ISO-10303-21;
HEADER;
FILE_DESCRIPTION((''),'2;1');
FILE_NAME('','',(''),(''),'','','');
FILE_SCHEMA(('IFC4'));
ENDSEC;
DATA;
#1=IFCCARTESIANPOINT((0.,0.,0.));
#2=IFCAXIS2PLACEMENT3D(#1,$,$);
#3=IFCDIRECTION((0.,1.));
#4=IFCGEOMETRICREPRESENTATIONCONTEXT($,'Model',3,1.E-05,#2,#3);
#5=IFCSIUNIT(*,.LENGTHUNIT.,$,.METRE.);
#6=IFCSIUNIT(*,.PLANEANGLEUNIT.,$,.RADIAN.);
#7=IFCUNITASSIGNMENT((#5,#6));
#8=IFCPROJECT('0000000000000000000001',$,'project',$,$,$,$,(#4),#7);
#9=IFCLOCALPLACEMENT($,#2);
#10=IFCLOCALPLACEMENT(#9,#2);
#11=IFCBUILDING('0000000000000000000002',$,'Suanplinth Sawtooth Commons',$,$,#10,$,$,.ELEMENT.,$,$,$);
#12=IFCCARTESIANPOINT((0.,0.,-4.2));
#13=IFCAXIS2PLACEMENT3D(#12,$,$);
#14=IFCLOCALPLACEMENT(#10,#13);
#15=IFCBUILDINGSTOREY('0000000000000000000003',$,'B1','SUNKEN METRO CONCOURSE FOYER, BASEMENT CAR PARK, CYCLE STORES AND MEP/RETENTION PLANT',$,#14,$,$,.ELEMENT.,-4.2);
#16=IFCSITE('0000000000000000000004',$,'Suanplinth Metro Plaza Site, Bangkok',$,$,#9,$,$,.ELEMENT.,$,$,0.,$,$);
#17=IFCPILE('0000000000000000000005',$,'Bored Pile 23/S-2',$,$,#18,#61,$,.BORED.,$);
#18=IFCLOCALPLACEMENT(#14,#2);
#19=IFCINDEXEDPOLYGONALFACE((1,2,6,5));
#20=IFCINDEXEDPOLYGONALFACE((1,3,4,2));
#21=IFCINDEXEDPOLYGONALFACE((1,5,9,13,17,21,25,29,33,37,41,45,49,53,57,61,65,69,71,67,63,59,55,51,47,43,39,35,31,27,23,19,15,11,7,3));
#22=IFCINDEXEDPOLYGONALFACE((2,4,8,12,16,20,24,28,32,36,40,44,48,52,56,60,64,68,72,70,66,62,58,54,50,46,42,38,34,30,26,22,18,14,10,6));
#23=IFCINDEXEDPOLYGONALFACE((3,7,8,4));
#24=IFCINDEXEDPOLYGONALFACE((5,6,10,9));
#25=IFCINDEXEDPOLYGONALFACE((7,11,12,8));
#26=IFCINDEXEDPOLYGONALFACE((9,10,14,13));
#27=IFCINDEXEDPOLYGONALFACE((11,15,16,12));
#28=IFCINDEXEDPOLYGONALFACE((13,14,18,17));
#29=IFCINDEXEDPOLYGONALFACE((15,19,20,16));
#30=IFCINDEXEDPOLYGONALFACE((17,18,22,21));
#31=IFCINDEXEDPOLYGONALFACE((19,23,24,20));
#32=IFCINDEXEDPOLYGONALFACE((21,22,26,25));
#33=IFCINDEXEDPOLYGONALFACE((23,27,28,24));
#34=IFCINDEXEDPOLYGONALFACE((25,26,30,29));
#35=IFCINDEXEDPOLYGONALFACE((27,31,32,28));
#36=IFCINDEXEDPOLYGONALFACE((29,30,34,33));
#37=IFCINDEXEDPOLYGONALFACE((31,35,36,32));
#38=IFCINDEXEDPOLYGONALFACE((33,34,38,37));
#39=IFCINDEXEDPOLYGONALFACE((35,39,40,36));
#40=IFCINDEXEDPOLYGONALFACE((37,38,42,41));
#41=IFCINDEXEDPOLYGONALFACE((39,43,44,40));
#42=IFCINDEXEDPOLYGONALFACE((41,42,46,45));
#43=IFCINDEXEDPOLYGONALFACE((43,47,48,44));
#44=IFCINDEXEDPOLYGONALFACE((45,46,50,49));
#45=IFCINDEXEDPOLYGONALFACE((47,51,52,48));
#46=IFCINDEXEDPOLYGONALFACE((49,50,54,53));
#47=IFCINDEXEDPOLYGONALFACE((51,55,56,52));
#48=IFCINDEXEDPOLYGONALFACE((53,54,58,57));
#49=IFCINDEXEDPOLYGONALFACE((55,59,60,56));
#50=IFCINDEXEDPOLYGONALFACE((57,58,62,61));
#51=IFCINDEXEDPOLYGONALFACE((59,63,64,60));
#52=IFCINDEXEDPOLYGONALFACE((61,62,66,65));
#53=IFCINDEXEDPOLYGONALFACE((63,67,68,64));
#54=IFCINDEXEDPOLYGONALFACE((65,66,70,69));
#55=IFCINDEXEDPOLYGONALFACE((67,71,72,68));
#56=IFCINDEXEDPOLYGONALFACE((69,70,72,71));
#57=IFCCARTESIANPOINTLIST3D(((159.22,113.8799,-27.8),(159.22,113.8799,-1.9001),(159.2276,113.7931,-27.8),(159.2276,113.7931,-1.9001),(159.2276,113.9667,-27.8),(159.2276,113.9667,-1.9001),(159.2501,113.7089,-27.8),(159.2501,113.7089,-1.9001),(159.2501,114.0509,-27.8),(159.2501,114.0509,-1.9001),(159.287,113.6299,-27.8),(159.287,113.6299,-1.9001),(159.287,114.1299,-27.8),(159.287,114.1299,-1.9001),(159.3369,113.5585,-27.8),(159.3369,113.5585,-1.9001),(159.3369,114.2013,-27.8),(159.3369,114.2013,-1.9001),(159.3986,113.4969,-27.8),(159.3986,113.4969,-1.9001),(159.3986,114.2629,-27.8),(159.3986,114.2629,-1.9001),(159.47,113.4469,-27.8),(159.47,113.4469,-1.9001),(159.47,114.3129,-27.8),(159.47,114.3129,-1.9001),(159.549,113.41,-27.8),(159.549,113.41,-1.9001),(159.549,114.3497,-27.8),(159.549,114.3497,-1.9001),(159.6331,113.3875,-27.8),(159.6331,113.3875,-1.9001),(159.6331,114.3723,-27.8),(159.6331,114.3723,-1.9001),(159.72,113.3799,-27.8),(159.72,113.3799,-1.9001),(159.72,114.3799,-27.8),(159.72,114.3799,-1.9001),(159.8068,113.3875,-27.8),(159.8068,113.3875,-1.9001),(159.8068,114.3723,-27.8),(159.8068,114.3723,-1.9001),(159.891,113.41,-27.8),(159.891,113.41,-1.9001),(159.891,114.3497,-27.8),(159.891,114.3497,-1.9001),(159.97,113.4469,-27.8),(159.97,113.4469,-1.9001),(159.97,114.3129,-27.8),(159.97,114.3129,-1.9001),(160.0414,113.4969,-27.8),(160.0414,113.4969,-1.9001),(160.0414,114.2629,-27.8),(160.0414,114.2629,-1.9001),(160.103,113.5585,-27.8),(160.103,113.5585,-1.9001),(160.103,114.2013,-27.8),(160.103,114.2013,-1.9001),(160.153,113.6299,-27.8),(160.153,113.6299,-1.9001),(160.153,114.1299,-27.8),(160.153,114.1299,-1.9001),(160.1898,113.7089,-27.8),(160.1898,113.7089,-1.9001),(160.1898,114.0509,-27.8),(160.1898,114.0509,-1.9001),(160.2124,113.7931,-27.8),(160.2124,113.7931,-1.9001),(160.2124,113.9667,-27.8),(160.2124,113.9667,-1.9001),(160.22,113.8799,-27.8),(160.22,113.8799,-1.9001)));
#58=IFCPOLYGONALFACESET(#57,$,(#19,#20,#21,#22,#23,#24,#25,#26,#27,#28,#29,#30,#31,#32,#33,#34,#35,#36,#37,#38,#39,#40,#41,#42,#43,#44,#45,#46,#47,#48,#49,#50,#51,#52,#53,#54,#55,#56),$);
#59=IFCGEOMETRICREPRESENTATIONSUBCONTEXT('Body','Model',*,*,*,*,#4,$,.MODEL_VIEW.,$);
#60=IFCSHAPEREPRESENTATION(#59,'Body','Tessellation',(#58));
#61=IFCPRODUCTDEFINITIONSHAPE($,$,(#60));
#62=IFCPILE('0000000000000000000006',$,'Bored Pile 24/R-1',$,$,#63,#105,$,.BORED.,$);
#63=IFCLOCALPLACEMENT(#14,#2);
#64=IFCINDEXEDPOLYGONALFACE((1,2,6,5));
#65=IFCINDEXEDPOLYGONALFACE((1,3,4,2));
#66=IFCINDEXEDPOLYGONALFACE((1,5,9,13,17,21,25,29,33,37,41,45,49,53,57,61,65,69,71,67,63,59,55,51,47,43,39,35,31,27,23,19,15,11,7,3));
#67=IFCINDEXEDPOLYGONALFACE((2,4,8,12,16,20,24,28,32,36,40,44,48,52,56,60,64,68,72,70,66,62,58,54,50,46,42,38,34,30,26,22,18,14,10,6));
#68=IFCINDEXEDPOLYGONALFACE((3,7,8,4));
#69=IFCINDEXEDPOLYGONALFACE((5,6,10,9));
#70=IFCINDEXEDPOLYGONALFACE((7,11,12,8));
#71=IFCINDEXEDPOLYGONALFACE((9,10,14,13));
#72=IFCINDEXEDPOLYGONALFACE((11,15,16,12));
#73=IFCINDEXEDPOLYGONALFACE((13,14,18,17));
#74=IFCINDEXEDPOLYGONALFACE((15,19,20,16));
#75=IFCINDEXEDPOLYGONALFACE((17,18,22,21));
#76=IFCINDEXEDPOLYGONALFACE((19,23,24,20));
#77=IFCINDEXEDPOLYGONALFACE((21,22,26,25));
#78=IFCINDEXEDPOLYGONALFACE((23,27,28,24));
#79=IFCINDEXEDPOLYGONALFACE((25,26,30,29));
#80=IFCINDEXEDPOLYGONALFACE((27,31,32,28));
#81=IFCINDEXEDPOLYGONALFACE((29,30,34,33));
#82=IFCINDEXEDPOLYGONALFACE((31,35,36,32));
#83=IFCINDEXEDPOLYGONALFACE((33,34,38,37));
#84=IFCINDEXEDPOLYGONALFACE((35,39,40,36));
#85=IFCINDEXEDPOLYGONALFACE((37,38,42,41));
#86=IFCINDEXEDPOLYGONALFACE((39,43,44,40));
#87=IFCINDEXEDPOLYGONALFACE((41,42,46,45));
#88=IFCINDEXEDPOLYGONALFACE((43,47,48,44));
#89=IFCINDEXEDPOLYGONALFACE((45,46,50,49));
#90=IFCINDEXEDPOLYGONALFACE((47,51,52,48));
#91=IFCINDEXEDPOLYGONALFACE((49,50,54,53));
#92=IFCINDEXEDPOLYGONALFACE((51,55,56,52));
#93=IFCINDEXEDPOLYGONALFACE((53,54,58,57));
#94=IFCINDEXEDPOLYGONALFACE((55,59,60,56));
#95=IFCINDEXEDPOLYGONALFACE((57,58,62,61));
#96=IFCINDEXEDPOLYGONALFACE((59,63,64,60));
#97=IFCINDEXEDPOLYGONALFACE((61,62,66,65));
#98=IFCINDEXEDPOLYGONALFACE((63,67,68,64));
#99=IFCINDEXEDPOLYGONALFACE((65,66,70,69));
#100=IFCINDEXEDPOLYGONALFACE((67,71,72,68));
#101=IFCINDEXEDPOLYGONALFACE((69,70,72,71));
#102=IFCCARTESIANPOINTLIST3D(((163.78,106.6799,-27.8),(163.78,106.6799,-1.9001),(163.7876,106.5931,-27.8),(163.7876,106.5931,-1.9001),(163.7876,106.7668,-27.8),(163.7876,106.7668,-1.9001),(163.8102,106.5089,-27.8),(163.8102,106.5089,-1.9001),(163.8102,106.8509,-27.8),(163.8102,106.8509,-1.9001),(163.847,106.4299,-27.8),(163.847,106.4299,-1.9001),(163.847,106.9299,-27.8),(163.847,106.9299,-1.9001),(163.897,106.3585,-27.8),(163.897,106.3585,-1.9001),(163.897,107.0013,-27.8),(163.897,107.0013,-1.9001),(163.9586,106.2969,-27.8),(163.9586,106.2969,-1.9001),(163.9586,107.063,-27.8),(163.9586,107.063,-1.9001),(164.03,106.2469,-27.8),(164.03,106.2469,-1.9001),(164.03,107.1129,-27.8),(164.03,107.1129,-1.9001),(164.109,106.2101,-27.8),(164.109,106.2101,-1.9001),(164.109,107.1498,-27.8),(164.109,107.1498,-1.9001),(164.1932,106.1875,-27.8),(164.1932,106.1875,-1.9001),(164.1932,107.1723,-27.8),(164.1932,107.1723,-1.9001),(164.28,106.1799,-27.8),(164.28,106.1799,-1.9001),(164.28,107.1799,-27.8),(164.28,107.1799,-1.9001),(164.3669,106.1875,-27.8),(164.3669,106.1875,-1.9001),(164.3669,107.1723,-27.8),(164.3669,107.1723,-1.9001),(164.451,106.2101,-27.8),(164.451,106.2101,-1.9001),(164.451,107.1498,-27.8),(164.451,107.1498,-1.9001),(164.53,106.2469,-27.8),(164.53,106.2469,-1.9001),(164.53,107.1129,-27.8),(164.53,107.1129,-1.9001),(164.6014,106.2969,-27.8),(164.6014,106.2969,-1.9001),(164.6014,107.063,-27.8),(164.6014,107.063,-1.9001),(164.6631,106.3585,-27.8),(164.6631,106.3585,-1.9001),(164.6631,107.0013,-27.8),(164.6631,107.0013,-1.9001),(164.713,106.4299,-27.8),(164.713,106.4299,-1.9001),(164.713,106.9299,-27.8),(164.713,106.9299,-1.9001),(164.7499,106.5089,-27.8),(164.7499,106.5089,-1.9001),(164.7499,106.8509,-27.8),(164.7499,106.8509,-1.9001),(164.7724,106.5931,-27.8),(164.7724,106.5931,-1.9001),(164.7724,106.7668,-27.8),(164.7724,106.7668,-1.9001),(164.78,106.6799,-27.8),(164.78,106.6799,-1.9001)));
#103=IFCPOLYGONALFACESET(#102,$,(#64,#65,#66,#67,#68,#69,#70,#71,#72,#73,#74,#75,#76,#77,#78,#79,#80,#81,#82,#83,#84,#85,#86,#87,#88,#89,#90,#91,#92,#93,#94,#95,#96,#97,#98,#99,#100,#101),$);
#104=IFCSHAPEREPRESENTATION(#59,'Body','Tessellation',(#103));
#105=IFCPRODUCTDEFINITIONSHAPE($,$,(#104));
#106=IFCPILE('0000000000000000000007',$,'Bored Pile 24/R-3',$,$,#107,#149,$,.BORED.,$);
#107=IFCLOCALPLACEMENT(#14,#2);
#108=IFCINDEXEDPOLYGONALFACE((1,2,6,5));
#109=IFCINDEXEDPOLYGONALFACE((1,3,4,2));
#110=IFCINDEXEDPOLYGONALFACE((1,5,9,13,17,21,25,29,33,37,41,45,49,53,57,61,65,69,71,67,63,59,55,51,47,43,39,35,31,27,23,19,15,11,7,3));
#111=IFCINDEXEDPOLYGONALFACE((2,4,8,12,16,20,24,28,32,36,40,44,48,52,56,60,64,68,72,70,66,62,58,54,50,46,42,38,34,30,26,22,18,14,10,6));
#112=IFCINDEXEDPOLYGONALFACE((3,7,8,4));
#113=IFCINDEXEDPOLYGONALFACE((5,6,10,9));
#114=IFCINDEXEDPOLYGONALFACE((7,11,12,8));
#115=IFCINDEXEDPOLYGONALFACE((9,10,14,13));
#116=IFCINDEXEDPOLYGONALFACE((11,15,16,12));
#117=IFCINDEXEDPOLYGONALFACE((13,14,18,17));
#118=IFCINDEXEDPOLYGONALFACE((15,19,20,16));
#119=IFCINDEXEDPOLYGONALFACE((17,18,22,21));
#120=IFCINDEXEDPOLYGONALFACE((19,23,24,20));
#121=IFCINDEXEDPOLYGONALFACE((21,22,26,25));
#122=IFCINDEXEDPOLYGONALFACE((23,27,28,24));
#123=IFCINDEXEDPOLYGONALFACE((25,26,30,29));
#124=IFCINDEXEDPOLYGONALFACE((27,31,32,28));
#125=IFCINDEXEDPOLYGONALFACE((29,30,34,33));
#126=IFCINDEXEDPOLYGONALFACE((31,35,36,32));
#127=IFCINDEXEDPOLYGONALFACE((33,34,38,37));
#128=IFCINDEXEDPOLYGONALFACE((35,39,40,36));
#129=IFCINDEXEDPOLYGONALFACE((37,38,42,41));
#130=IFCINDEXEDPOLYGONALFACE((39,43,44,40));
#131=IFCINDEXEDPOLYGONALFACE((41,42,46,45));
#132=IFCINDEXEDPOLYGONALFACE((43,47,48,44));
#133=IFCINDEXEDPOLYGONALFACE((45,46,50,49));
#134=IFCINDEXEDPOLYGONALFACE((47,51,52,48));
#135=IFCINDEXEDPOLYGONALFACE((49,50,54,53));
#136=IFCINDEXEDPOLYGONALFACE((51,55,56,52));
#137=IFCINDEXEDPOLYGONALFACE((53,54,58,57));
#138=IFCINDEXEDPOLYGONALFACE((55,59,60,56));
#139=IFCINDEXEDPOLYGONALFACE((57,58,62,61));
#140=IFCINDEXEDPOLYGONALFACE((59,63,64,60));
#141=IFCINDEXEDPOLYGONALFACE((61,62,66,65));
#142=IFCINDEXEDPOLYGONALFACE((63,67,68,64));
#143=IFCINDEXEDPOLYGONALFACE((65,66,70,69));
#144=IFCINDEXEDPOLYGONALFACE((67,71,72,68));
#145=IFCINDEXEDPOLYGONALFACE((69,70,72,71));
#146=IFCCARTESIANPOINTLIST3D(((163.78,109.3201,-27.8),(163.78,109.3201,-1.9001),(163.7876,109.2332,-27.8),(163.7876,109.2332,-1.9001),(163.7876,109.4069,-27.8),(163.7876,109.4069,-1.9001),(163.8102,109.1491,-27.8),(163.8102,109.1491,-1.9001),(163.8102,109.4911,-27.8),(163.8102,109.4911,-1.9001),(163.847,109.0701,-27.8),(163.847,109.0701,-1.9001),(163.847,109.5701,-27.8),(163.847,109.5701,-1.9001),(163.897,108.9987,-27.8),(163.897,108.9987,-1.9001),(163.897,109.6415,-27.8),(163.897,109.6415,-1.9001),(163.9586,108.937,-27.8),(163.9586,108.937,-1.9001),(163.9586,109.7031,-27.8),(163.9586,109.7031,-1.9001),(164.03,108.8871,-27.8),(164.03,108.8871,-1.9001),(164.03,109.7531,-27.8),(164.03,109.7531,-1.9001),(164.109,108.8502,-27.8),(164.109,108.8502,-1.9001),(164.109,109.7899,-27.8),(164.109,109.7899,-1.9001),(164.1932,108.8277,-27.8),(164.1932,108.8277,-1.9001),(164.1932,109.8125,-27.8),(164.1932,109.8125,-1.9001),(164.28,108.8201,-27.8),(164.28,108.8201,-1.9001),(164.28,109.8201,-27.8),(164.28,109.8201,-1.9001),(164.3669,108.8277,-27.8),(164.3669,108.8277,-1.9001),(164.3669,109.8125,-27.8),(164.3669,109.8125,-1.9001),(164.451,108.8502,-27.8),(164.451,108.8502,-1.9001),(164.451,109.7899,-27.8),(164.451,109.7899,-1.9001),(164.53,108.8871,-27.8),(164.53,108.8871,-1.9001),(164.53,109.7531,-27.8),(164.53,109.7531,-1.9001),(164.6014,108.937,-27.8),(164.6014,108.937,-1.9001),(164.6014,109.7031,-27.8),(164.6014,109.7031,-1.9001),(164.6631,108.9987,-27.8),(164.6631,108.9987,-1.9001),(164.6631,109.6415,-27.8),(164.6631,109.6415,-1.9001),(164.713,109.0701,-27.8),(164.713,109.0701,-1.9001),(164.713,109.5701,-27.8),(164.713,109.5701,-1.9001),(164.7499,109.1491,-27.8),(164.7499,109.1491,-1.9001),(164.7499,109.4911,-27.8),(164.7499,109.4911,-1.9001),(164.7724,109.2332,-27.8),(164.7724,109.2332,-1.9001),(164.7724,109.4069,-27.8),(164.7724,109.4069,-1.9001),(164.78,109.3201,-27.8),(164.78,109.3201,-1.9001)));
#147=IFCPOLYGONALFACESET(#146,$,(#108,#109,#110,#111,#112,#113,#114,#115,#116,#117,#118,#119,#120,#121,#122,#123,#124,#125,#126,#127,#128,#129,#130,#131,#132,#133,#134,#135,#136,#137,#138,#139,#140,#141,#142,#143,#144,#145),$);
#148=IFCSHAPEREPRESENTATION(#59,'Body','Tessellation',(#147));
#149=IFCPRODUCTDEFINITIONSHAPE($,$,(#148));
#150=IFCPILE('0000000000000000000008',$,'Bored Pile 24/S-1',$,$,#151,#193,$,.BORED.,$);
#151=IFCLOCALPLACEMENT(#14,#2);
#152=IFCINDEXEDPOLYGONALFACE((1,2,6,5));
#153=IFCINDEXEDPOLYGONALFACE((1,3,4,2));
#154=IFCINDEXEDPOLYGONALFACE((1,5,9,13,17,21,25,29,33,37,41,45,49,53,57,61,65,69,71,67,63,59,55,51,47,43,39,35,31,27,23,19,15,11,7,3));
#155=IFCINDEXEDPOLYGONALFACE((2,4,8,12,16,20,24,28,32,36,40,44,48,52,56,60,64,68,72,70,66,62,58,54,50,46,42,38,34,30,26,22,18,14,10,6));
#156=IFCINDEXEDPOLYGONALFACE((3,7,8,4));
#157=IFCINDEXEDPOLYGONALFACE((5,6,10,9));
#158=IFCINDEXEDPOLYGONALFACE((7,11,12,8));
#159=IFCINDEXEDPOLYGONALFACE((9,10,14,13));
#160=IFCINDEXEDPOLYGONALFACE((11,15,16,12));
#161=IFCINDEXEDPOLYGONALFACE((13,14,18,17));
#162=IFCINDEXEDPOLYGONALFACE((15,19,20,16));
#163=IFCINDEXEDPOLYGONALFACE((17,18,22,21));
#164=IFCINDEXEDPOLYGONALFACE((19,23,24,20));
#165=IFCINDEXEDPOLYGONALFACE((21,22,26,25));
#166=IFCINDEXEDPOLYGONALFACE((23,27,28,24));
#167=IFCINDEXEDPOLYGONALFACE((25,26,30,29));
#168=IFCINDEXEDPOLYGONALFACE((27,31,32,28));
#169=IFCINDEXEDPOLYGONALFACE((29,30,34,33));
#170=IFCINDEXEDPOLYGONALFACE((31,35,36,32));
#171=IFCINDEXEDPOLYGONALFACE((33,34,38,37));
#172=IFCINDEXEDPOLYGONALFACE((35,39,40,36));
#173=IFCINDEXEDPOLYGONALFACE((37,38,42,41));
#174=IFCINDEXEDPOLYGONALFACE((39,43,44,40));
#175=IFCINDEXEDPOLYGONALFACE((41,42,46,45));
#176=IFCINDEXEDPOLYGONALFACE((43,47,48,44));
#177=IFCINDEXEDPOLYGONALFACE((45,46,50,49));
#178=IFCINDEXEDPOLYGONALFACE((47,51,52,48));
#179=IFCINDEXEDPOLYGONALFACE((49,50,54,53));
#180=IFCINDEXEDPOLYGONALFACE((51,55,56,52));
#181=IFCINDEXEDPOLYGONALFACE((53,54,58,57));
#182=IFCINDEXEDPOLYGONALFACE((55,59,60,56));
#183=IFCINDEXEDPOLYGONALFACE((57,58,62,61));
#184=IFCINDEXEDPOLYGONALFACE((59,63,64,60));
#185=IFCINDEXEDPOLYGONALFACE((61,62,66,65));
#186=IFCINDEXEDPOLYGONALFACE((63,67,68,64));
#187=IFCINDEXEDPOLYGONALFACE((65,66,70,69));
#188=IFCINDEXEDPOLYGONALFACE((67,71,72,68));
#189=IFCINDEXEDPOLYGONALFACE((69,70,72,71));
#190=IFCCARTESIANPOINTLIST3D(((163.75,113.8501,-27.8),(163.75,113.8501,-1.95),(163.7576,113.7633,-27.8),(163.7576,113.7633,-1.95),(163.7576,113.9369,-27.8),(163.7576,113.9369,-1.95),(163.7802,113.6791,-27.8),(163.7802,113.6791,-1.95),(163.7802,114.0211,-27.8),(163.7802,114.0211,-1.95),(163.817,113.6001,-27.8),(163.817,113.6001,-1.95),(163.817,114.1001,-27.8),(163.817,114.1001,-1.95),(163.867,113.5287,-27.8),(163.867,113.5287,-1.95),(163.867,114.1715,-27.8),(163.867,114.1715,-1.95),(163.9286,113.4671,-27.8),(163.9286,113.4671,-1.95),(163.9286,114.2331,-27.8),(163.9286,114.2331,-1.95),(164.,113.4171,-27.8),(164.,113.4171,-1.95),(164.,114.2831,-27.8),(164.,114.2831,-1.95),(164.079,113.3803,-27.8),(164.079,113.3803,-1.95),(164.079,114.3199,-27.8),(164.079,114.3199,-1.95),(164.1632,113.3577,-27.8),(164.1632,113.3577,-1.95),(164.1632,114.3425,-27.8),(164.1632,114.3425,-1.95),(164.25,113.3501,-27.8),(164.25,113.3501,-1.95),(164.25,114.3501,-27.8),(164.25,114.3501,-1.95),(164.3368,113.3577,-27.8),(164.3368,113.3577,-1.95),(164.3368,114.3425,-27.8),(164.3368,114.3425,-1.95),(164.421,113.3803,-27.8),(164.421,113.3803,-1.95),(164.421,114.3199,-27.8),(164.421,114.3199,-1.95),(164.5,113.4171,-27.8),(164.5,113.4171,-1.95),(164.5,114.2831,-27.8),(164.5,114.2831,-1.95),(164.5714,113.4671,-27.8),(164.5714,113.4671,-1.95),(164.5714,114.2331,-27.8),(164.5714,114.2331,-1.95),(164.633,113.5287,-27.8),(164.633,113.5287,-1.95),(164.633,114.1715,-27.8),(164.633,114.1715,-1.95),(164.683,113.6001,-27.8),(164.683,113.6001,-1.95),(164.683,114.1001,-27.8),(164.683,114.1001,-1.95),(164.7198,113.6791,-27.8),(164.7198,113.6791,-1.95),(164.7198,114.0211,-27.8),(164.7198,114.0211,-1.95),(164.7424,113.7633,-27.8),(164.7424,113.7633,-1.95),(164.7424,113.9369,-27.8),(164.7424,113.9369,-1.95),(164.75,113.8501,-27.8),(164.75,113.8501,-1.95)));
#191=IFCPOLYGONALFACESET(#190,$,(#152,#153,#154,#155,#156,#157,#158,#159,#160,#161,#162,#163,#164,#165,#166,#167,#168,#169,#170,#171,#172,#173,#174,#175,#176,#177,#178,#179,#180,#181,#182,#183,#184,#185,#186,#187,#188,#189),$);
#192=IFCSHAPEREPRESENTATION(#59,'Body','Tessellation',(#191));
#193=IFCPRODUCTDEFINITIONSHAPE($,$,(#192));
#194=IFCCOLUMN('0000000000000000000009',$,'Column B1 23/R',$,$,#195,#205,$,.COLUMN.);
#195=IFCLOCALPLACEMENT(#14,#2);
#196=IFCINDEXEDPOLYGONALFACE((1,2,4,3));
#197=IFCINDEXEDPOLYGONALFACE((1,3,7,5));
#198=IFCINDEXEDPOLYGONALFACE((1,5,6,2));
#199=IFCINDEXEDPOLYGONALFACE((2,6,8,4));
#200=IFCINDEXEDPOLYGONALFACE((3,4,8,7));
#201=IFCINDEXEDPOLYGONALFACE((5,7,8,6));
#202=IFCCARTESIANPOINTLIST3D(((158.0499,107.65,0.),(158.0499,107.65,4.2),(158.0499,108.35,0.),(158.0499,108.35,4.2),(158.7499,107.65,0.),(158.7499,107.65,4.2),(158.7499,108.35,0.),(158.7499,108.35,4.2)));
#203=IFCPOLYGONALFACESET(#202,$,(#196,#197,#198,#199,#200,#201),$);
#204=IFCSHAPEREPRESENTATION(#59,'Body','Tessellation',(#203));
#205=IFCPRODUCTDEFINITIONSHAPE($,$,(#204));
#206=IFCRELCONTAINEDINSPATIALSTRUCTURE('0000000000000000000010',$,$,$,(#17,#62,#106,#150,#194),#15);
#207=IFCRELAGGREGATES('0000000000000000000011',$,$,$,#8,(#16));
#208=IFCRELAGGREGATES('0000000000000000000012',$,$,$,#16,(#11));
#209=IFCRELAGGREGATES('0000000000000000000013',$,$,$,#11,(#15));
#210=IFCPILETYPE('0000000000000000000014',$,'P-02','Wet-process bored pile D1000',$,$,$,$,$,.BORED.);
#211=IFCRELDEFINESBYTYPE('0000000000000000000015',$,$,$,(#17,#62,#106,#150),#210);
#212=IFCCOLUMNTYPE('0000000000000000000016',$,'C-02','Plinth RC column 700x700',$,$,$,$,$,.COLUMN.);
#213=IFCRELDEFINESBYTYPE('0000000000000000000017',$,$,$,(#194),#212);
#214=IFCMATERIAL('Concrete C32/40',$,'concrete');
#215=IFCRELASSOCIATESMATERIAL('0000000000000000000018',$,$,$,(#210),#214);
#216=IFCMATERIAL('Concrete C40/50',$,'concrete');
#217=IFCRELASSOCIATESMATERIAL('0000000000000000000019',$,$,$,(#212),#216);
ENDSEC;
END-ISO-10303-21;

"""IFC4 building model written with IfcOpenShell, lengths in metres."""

from ifc_helpers import new_model, si_unit, direction, frame, origin, origin_2d, place, context, subcontext, project, spatial, rectangle, circle, extrude, material, material_profile, profile_set, type_object, element, save


model = new_model("IFC4")

# Units and contexts
model_context = context("Model", 3, precision=1e-05, world=origin(), true_north=direction((0.0, 1.0)))
body_context = subcontext(model_context, "Body", "Model", "MODEL_VIEW")
ifc_project = project(units=[si_unit("LENGTHUNIT", "METRE"), si_unit("PLANEANGLEUNIT", "RADIAN")], contexts=[model_context])

# Site, building, storey
site_placement = place(None, origin())
site = spatial("IfcSite", under=ifc_project, at=site_placement, Name="Suanplinth Metro Plaza Site, Bangkok", CompositionType="ELEMENT", RefElevation=0.0)
building_placement = place(site_placement, origin())
building = spatial("IfcBuilding", under=site, at=building_placement, Name="Suanplinth Sawtooth Commons", CompositionType="ELEMENT")
storey_placement = place(building_placement, frame((0.0, 0.0, -4.2)))
storey = spatial("IfcBuildingStorey", under=building, at=storey_placement, Name="B1", Description="SUNKEN METRO CONCOURSE FOYER, BASEMENT CAR PARK, CYCLE STORES AND MEP/RETENTION PLANT", CompositionType="ELEMENT", Elevation=-4.2)

# Piles
ifc_material_1 = material(Name="Concrete C32/40", Category="concrete")
ifc_material_profile_1 = material_profile(ifc_material_1, circle(Radius=0.5, at=origin_2d()), Name="PILE D1000")
ifc_profile_set_1 = profile_set([ifc_material_profile_1], Name="Concrete C32/40")
pile_type = type_object("IfcPileType", Name="P-02", Description="Wet-process bored pile D1000", PredefinedType="BORED", material=ifc_profile_set_1)
for number, where, z_axis, x_axis, name in (
    (1, (159.72, 113.8799, -1.9001), (0.0, 0.0, -1.0), (1.0, 0.0, 0.0), "Bored Pile 23/S-2"),
    (2, (164.28, 106.6799, -1.9001), (0.0, 0.0, -1.0), (1.0, 0.0, 0.0), "Bored Pile 24/R-1"),
    (3, (164.28, 109.3201, -1.9001), (0.0, 0.0, -1.0), (1.0, 0.0, 0.0), "Bored Pile 24/R-3"),
):
    element("IfcPile", number, at=place(storey_placement, frame(where, z_axis=z_axis, x_axis=x_axis)), inside=storey, type_object=pile_type, Name=name, PredefinedType="BORED", context=body_context, shape_type="SweptSolid", body=[
        extrude(circle(Radius=0.5, at=origin_2d()), origin(), (0.0, 0.0, 1.0), 25.8999),
    ])
pile_placement = place(storey_placement, frame((164.25, 113.8501, -1.95), z_axis=(0.0, 0.0, -1.0), x_axis=(1.0, 0.0, 0.0)))
element("IfcPile", 4, at=pile_placement, inside=storey, type_object=pile_type, Name="Bored Pile 24/S-1", PredefinedType="BORED", context=body_context, shape_type="SweptSolid", body=[
    extrude(circle(Radius=0.5, at=origin_2d()), origin(), (0.0, 0.0, 1.0), 25.8501),
])

# Column
ifc_material_2 = material(Name="Concrete C40/50", Category="concrete")
ifc_material_profile_2 = material_profile(ifc_material_2, rectangle(XDim=0.7, YDim=0.7, at=origin_2d()), Name="RC-COL 700x700")
ifc_profile_set_2 = profile_set([ifc_material_profile_2], Name="Concrete C40/50")
column_type = type_object("IfcColumnType", Name="C-02", Description="Plinth RC column 700x700", PredefinedType="COLUMN", material=ifc_profile_set_2)
for number, where, z_axis, x_axis, name in (
    (5, (158.3999, 108.0, 0.0), (0.0, 0.0, 1.0), (1.0, 0.0, 0.0), "Column B1 23/R"),
):
    element("IfcColumn", number, at=place(storey_placement, frame(where, z_axis=z_axis, x_axis=x_axis)), inside=storey, type_object=column_type, Name=name, PredefinedType="COLUMN", context=body_context, shape_type="SweptSolid", body=[
        extrude(rectangle(XDim=0.7, YDim=0.7, at=origin_2d()), origin(), (0.0, 0.0, 1.0), 4.2),
    ])

save(model, "model.ifc")
